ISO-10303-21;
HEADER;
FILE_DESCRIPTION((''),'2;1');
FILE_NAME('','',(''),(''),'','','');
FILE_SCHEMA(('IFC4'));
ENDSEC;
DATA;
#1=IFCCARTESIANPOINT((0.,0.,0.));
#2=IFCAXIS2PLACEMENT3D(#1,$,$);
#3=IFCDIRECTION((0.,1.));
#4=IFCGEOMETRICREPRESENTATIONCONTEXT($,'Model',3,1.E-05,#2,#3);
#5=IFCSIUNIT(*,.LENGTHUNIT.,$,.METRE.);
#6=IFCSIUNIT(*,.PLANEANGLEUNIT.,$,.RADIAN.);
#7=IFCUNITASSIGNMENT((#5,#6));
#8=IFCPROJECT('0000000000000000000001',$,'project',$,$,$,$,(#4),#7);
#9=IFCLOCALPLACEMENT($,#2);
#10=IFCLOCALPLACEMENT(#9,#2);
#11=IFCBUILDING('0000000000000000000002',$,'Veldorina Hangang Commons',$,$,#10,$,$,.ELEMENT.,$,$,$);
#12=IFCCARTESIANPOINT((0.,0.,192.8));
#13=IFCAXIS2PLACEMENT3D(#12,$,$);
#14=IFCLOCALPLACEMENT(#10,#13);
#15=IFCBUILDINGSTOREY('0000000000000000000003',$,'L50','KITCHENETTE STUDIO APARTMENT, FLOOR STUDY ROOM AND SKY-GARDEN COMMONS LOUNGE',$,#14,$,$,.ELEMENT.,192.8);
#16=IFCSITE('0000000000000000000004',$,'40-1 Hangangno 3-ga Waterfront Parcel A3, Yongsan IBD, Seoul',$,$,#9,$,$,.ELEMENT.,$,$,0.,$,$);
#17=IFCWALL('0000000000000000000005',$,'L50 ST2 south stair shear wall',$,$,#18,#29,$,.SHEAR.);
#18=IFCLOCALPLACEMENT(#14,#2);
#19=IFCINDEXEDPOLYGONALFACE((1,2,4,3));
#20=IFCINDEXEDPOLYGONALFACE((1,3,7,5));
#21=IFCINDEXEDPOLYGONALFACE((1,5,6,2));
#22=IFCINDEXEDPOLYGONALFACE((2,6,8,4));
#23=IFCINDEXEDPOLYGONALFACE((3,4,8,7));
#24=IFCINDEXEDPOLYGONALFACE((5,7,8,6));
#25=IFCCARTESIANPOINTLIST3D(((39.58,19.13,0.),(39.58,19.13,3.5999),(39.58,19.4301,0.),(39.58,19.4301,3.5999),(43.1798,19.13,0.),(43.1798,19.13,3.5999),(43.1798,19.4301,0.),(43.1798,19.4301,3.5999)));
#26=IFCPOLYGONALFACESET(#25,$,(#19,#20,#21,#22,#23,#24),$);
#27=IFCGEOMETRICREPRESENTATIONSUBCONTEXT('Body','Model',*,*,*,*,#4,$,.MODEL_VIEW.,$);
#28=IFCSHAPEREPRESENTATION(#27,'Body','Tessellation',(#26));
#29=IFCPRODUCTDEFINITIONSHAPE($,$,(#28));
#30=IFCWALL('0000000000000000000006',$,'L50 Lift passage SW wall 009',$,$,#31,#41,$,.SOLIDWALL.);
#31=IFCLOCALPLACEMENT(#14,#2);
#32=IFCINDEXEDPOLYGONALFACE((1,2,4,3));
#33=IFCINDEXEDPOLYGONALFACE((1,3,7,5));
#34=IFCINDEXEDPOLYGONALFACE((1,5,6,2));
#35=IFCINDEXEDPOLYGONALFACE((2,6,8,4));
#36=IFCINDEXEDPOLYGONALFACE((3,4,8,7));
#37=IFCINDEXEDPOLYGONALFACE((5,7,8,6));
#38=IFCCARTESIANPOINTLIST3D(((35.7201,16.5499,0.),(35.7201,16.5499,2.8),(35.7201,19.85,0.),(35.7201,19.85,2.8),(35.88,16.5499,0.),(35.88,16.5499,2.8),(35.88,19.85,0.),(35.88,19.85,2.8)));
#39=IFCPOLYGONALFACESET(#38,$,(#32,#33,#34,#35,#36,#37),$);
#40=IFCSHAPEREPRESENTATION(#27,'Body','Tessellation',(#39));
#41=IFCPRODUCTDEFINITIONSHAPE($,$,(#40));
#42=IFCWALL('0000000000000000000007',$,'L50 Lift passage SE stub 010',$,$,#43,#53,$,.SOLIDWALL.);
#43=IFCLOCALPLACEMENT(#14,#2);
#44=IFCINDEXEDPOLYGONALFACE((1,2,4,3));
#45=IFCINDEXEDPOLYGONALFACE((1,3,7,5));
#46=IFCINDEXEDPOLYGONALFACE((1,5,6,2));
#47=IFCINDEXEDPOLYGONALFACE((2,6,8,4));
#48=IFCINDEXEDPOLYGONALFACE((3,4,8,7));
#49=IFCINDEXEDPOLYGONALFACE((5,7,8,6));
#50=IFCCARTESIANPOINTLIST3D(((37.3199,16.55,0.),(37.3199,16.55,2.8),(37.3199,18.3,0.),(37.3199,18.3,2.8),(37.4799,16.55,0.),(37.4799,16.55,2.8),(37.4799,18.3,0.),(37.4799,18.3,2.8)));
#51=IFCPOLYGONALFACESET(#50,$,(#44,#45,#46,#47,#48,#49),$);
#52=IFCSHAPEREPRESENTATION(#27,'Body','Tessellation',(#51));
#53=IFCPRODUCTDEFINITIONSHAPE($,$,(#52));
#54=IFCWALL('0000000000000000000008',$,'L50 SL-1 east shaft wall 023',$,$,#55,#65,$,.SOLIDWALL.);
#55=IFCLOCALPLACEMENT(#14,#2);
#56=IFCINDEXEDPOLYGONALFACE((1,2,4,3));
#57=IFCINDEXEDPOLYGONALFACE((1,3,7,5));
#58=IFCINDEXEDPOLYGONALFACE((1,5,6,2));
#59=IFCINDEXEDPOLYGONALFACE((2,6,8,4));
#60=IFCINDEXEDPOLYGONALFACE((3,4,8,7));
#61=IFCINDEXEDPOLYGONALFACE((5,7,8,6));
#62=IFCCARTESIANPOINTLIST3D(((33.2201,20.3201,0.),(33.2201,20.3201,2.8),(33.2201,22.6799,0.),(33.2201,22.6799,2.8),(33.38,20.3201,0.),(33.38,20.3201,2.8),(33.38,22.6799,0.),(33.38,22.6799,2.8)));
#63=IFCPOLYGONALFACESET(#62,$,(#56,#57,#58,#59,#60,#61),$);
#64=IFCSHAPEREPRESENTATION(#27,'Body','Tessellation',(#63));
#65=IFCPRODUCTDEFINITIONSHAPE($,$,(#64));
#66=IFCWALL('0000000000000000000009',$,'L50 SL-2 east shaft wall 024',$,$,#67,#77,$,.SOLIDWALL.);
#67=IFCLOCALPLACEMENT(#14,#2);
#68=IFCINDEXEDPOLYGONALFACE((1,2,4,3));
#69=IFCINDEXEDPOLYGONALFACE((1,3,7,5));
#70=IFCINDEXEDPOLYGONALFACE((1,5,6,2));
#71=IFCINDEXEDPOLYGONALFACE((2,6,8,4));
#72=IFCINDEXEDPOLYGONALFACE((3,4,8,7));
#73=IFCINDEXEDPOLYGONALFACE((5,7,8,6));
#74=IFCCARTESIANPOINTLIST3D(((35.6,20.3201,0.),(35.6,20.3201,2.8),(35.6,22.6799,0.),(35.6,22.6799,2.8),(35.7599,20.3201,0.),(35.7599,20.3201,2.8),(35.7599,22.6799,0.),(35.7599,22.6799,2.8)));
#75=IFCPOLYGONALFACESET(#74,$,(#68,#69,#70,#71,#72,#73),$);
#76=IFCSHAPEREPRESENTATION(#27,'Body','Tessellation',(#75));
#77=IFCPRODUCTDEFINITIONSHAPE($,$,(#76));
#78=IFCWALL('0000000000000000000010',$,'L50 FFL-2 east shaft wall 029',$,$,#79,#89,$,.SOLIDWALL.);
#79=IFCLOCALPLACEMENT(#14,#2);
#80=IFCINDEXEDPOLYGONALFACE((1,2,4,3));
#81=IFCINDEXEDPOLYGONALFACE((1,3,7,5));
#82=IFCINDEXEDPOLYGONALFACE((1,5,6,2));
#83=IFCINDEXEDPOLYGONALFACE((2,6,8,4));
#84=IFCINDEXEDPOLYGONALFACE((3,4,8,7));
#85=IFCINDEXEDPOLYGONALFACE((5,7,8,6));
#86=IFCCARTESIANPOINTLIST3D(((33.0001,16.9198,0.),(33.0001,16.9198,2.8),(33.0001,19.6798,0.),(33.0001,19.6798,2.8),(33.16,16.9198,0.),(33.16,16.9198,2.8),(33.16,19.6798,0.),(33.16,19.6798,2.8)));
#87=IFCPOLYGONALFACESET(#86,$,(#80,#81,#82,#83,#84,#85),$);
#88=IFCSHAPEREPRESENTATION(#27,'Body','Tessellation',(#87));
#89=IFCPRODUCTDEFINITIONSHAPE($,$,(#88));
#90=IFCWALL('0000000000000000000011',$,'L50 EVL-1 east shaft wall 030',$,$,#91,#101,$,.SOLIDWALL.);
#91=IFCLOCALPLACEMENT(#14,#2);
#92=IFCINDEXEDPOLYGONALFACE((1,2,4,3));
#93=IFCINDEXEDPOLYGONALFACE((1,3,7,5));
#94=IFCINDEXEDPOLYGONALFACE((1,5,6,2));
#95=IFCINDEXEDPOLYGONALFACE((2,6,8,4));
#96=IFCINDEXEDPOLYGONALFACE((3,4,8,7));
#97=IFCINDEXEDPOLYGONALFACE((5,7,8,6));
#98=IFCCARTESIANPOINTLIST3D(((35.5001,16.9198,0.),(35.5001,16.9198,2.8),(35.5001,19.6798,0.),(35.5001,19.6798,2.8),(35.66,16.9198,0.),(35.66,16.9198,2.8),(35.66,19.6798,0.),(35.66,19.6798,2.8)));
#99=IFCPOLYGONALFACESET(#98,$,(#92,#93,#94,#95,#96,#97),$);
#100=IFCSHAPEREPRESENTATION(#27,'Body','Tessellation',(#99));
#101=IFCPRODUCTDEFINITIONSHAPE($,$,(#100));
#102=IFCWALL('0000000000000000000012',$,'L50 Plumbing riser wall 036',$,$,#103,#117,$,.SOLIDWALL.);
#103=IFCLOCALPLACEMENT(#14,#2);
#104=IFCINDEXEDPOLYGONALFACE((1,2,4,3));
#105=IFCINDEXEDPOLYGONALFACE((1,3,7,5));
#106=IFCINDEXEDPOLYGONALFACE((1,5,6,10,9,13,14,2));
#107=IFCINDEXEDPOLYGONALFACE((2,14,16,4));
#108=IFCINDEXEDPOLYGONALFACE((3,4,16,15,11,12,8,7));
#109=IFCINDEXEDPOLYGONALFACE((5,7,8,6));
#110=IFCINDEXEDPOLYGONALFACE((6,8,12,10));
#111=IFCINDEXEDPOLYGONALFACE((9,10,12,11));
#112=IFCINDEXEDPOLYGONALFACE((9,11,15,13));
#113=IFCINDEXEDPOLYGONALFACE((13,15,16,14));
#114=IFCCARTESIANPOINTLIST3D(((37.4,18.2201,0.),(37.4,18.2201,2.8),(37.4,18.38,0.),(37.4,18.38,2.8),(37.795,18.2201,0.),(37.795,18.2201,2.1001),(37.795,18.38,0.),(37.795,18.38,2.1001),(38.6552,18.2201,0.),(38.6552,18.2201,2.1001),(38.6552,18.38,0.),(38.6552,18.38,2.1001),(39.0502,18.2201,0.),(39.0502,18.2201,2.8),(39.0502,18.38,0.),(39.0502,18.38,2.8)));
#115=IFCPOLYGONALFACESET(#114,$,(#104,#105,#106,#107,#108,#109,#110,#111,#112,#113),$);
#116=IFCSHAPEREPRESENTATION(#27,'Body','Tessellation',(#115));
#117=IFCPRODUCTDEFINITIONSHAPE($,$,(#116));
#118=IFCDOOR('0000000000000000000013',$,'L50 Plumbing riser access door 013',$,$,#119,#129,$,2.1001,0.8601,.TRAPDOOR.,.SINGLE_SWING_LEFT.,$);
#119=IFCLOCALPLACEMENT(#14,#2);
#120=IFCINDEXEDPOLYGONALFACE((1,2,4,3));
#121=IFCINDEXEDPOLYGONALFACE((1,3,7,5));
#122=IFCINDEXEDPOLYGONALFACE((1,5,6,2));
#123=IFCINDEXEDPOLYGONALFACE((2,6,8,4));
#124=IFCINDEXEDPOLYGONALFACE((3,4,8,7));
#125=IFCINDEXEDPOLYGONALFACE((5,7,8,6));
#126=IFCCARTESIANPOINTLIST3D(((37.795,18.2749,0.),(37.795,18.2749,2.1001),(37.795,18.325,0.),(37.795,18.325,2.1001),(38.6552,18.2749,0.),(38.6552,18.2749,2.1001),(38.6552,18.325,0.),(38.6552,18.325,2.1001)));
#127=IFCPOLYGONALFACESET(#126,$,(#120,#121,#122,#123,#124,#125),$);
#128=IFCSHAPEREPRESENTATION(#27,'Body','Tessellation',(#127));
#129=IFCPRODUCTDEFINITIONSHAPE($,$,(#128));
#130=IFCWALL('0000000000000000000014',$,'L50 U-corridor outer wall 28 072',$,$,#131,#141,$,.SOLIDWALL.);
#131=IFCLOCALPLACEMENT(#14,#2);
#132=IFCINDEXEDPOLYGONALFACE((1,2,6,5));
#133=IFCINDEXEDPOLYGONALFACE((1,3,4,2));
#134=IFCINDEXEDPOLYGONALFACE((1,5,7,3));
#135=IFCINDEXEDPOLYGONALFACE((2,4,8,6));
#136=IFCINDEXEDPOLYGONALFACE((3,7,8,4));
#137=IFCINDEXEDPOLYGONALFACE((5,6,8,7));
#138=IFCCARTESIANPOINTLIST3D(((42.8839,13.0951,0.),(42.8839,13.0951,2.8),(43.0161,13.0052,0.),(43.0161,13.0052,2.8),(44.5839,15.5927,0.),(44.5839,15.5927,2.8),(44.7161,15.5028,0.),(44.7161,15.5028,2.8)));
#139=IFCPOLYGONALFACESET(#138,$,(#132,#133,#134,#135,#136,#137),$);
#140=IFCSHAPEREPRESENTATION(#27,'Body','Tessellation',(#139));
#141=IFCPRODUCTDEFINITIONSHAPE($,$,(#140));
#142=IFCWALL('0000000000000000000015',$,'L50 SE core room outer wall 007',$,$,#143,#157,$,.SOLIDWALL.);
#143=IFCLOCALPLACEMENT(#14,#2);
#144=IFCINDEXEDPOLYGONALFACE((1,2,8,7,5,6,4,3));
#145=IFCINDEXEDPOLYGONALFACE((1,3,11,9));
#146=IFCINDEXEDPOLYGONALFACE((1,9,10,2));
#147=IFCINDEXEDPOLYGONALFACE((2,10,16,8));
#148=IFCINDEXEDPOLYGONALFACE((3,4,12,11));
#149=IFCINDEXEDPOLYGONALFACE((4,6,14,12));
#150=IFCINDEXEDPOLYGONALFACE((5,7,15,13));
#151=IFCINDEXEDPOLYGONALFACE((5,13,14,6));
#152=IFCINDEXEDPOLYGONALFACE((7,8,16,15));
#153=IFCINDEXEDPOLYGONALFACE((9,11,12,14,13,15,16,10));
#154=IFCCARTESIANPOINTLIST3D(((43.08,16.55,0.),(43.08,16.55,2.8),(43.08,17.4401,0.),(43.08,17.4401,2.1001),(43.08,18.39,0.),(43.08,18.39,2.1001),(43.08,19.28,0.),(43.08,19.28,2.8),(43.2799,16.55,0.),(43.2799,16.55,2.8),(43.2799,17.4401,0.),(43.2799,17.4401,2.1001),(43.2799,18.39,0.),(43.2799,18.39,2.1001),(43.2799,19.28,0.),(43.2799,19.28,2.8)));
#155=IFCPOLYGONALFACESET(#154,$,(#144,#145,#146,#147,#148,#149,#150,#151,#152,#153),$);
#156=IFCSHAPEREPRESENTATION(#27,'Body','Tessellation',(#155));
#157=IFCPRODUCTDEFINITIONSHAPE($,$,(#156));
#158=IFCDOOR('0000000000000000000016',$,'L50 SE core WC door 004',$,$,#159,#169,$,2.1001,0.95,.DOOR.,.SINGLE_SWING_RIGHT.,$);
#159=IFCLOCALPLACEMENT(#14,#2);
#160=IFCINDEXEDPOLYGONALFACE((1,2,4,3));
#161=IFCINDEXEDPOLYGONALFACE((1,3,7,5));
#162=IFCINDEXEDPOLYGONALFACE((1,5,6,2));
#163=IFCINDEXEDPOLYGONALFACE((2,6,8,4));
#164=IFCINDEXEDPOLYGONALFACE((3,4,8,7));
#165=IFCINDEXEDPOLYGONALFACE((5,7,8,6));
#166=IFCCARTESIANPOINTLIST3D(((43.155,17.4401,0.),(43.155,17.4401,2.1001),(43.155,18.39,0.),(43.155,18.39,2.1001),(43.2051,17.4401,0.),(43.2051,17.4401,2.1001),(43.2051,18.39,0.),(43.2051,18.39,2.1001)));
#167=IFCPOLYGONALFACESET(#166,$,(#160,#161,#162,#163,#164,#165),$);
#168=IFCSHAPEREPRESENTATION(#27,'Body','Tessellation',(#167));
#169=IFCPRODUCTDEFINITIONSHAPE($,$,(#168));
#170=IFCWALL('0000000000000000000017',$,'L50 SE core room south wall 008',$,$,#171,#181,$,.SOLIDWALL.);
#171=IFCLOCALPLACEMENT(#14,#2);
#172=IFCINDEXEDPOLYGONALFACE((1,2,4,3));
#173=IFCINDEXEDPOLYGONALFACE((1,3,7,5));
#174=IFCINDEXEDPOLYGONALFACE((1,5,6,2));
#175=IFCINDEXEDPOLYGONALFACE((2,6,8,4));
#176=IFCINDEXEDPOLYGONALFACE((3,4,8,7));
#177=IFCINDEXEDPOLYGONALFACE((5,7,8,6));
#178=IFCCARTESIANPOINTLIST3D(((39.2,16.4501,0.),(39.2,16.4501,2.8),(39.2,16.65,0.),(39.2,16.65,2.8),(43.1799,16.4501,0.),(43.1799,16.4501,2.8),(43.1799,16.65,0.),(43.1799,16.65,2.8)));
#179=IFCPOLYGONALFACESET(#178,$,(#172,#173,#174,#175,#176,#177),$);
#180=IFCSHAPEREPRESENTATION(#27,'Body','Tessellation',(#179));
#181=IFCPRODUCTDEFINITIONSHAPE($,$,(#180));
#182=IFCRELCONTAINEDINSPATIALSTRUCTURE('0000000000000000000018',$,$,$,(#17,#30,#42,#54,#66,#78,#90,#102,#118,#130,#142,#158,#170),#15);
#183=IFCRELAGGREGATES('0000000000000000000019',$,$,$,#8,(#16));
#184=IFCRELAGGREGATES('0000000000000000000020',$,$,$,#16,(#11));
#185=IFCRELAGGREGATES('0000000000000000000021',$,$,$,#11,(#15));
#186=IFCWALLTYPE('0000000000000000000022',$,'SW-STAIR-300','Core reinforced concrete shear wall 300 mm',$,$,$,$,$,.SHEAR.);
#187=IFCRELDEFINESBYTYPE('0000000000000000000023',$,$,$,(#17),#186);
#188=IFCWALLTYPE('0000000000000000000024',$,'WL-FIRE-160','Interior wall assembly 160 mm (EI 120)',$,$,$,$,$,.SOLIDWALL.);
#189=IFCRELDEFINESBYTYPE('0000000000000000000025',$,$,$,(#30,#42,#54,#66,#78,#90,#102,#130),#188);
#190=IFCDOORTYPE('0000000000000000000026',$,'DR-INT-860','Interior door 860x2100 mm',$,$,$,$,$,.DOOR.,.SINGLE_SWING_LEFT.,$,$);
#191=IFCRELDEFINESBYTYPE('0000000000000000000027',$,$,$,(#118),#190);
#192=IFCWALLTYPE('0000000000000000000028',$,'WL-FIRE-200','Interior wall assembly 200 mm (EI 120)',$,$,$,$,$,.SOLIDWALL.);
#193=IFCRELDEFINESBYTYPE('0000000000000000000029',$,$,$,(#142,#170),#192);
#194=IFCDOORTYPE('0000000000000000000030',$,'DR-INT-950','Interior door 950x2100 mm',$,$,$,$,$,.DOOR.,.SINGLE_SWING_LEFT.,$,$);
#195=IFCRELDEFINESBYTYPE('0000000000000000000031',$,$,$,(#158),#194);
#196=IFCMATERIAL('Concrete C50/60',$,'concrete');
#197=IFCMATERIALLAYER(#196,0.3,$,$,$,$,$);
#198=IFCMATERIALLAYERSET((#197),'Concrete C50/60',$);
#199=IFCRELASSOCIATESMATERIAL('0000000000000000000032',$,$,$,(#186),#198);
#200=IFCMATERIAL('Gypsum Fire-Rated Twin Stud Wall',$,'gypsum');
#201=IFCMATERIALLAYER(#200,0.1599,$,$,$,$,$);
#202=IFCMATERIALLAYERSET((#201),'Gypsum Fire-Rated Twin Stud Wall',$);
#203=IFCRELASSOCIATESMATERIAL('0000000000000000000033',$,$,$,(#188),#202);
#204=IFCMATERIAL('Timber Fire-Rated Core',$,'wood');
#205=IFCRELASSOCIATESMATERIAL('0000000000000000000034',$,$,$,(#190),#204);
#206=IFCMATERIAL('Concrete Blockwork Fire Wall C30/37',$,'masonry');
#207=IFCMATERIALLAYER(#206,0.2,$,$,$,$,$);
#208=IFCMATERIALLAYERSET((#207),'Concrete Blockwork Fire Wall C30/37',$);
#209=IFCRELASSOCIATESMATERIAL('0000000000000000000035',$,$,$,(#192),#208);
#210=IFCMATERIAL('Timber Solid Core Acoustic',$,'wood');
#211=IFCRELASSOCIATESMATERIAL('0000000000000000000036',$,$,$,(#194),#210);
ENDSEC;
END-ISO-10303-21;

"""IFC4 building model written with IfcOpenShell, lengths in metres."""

from ifc_helpers import new_model, si_unit, direction, frame, frame_2d, origin, place, context, subcontext, project, spatial, rectangle, extrude, material, layer, layer_set, type_object, element, fill, save


model = new_model("IFC4")

# Units and contexts
model_context = context("Model", 3, precision=1e-05, world=origin(), true_north=direction((0.0, 1.0)))
body_context = subcontext(model_context, "Body", "Model", "MODEL_VIEW")
ifc_project = project(units=[si_unit("LENGTHUNIT", "METRE"), si_unit("PLANEANGLEUNIT", "RADIAN")], contexts=[model_context])

# Site, building, storey
site_placement = place(None, origin())
site = spatial("IfcSite", under=ifc_project, at=site_placement, Name="40-1 Hangangno 3-ga Waterfront Parcel A3, Yongsan IBD, Seoul", CompositionType="ELEMENT", RefElevation=0.0)
building_placement = place(site_placement, origin())
building = spatial("IfcBuilding", under=site, at=building_placement, Name="Veldorina Hangang Commons", CompositionType="ELEMENT")
storey_placement = place(building_placement, frame((0.0, 0.0, 192.8)))
storey = spatial("IfcBuildingStorey", under=building, at=storey_placement, Name="L50", Description="KITCHENETTE STUDIO APARTMENT, FLOOR STUDY ROOM AND SKY-GARDEN COMMONS LOUNGE", CompositionType="ELEMENT", Elevation=192.8)

# Walls
ifc_material_1 = material(Name="Concrete C50/60", Category="concrete")
ifc_layer_1 = layer(ifc_material_1, 0.3)
ifc_layer_set_1 = layer_set([ifc_layer_1], Name="Concrete C50/60")
wall_type_1 = type_object("IfcWallType", Name="SW-STAIR-300", Description="Core reinforced concrete shear wall 300 mm", PredefinedType="SHEAR", material=ifc_layer_set_1)
wall_1_placement = place(storey_placement, frame((39.5801, 19.28, 0.0), z_axis=(0.0, 0.0, 1.0), x_axis=(1.0, 0.0, 0.0)))
element("IfcWall", 1, at=wall_1_placement, inside=storey, type_object=wall_type_1, Name="L50 ST2 south stair shear wall", PredefinedType="SHEAR", context=body_context, shape_type="SweptSolid", body=[
    extrude(rectangle(XDim=3.5999, YDim=0.3, at=frame_2d((1.7998, 0.0))), origin(), (0.0, 0.0, 1.0), 3.5999),
])
ifc_material_2 = material(Name="Gypsum Fire-Rated Twin Stud Wall", Category="gypsum")
ifc_layer_2 = layer(ifc_material_2, 0.1599)
ifc_layer_set_2 = layer_set([ifc_layer_2], Name="Gypsum Fire-Rated Twin Stud Wall")
wall_type_2 = type_object("IfcWallType", Name="WL-FIRE-160", Description="Interior wall assembly 160 mm (EI 120)", PredefinedType="SOLIDWALL", material=ifc_layer_set_2)
wall_2_placement = place(storey_placement, frame((35.8, 16.55, 0.0), z_axis=(0.0, 0.0, 1.0), x_axis=(0.0, 1.0, 0.0)))
element("IfcWall", 2, at=wall_2_placement, inside=storey, type_object=wall_type_2, Name="L50 Lift passage SW wall 009", PredefinedType="SOLIDWALL", context=body_context, shape_type="SweptSolid", body=[
    extrude(rectangle(XDim=3.3, YDim=0.1599, at=frame_2d((1.6499, 0.0))), origin(), (0.0, 0.0, 1.0), 2.8),
])
wall_3_placement = place(storey_placement, frame((37.3999, 16.55, 0.0), z_axis=(0.0, 0.0, 1.0), x_axis=(0.0, 1.0, 0.0)))
element("IfcWall", 3, at=wall_3_placement, inside=storey, type_object=wall_type_2, Name="L50 Lift passage SE stub 010", PredefinedType="SOLIDWALL", context=body_context, shape_type="SweptSolid", body=[
    extrude(rectangle(XDim=1.75, YDim=0.1599, at=frame_2d((0.875, 0.0))), origin(), (0.0, 0.0, 1.0), 2.8),
])
for number, where, z_axis, x_axis, name in (
    (4, (33.3, 20.3201, 0.0), (0.0, 0.0, 1.0), (0.0, 1.0, 0.0), "L50 SL-1 east shaft wall 023"),
    (5, (35.6799, 20.3201, 0.0), (0.0, 0.0, 1.0), (0.0, 1.0, 0.0), "L50 SL-2 east shaft wall 024"),
):
    element("IfcWall", number, at=place(storey_placement, frame(where, z_axis=z_axis, x_axis=x_axis)), inside=storey, type_object=wall_type_2, Name=name, PredefinedType="SOLIDWALL", context=body_context, shape_type="SweptSolid", body=[
        extrude(rectangle(XDim=2.3599, YDim=0.1599, at=frame_2d((1.1799, 0.0))), origin(), (0.0, 0.0, 1.0), 2.8),
    ])
for number, where, z_axis, x_axis, name in (
    (6, (33.0801, 16.9199, 0.0), (0.0, 0.0, 1.0), (0.0, 1.0, 0.0), "L50 FFL-2 east shaft wall 029"),
    (7, (35.5801, 16.9199, 0.0), (0.0, 0.0, 1.0), (0.0, 1.0, 0.0), "L50 EVL-1 east shaft wall 030"),
):
    element("IfcWall", number, at=place(storey_placement, frame(where, z_axis=z_axis, x_axis=x_axis)), inside=storey, type_object=wall_type_2, Name=name, PredefinedType="SOLIDWALL", context=body_context, shape_type="SweptSolid", body=[
        extrude(rectangle(XDim=2.76, YDim=0.1599, at=frame_2d((1.3799, 0.0))), origin(), (0.0, 0.0, 1.0), 2.8),
    ])

# Wall, opening, door
wall_4_placement = place(storey_placement, frame((37.3999, 18.3, 0.0), z_axis=(0.0, 0.0, 1.0), x_axis=(1.0, 0.0, 0.0)))
wall_4 = element("IfcWall", 8, at=wall_4_placement, inside=storey, type_object=wall_type_2, Name="L50 Plumbing riser wall 036", PredefinedType="SOLIDWALL", context=body_context, shape_type="SweptSolid", body=[
    extrude(rectangle(XDim=1.6501, YDim=0.1599, at=frame_2d((0.8252, 0.0))), origin(), (0.0, 0.0, 1.0), 2.8),
])
opening_1_placement = place(wall_4_placement, frame((0.395, 0.0, 0.0)))
opening_1 = element("IfcOpeningElement", 9, at=opening_1_placement, cuts=wall_4, PredefinedType="OPENING", context=body_context, shape_type="SweptSolid", body=[
    extrude(rectangle(XDim=0.8601, YDim=2.1001, at=frame_2d((0.4302, 1.05))), frame((0.0, 0.0898, 0.0), z_axis=(0.0, -1.0, 0.0), x_axis=(1.0, 0.0, 0.0)), (0.0, 0.0, 1.0), 0.1799),
])
ifc_material_3 = material(Name="Timber Fire-Rated Core", Category="wood")
door_type_1 = type_object("IfcDoorType", Name="DR-INT-860", Description="Interior door 860x2100 mm", OperationType="SINGLE_SWING_LEFT", PredefinedType="DOOR", material=ifc_material_3)
door_1_placement = place(opening_1_placement, origin())
door_1 = element("IfcDoor", 10, at=door_1_placement, inside=storey, type_object=door_type_1, Name="L50 Plumbing riser access door 013", OperationType="SINGLE_SWING_LEFT", OverallHeight=2.1001, OverallWidth=0.8601, PredefinedType="TRAPDOOR", context=body_context, shape_type="SweptSolid", body=[
    extrude(rectangle(XDim=0.8601, YDim=2.1001, at=frame_2d((0.4302, 1.05))), frame((0.0, 0.0249, 0.0), z_axis=(0.0, -1.0, 0.0), x_axis=(1.0, 0.0, 0.0)), (0.0, 0.0, 1.0), 0.05),
])
fill(opening_1, door_1)

# Wall
wall_5_placement = place(storey_placement, frame((42.95, 13.05, 0.0), z_axis=(0.0, 0.0, 1.0), x_axis=(0.562675, 0.826678, 0.0)))
element("IfcWall", 11, at=wall_5_placement, inside=storey, type_object=wall_type_2, Name="L50 U-corridor outer wall 28 072", PredefinedType="SOLIDWALL", context=body_context, shape_type="SweptSolid", body=[
    extrude(rectangle(XDim=3.0212, YDim=0.1599, at=frame_2d((1.5107, 0.0))), origin(), (0.0, 0.0, 1.0), 2.8),
])

# Wall, opening, door
ifc_material_4 = material(Name="Concrete Blockwork Fire Wall C30/37", Category="masonry")
ifc_layer_3 = layer(ifc_material_4, 0.2)
ifc_layer_set_3 = layer_set([ifc_layer_3], Name="Concrete Blockwork Fire Wall C30/37")
wall_type_3 = type_object("IfcWallType", Name="WL-FIRE-200", Description="Interior wall assembly 200 mm (EI 120)", PredefinedType="SOLIDWALL", material=ifc_layer_set_3)
wall_6_placement = place(storey_placement, frame((43.1799, 16.55, 0.0), z_axis=(0.0, 0.0, 1.0), x_axis=(0.0, 1.0, 0.0)))
wall_6 = element("IfcWall", 12, at=wall_6_placement, inside=storey, type_object=wall_type_3, Name="L50 SE core room outer wall 007", PredefinedType="SOLIDWALL", context=body_context, shape_type="SweptSolid", body=[
    extrude(rectangle(XDim=2.73, YDim=0.2, at=frame_2d((1.365, 0.0))), origin(), (0.0, 0.0, 1.0), 2.8),
])
opening_2_placement = place(wall_6_placement, frame((0.8899, 0.0, 0.0)))
opening_2 = element("IfcOpeningElement", 13, at=opening_2_placement, cuts=wall_6, PredefinedType="OPENING", context=body_context, shape_type="SweptSolid", body=[
    extrude(rectangle(XDim=0.95, YDim=2.1001, at=frame_2d((0.4751, 1.05))), frame((0.0, 0.1099, 0.0), z_axis=(0.0, -1.0, 0.0), x_axis=(1.0, 0.0, 0.0)), (0.0, 0.0, 1.0), 0.22),
])
ifc_material_5 = material(Name="Timber Solid Core Acoustic", Category="wood")
door_type_2 = type_object("IfcDoorType", Name="DR-INT-950", Description="Interior door 950x2100 mm", OperationType="SINGLE_SWING_LEFT", PredefinedType="DOOR", material=ifc_material_5)
door_2_placement = place(opening_2_placement, origin())
door_2 = element("IfcDoor", 14, at=door_2_placement, inside=storey, type_object=door_type_2, Name="L50 SE core WC door 004", OperationType="SINGLE_SWING_RIGHT", OverallHeight=2.1001, OverallWidth=0.95, PredefinedType="DOOR", context=body_context, shape_type="SweptSolid", body=[
    extrude(rectangle(XDim=0.95, YDim=2.1001, at=frame_2d((0.4751, 1.05))), frame((0.0, 0.0249, 0.0), z_axis=(0.0, -1.0, 0.0), x_axis=(1.0, 0.0, 0.0)), (0.0, 0.0, 1.0), 0.05),
])
fill(opening_2, door_2)

# Wall
wall_7_placement = place(storey_placement, frame((39.2, 16.55, 0.0), z_axis=(0.0, 0.0, 1.0), x_axis=(1.0, 0.0, 0.0)))
element("IfcWall", 15, at=wall_7_placement, inside=storey, type_object=wall_type_3, Name="L50 SE core room south wall 008", PredefinedType="SOLIDWALL", context=body_context, shape_type="SweptSolid", body=[
    extrude(rectangle(XDim=3.98, YDim=0.2, at=frame_2d((1.99, 0.0))), origin(), (0.0, 0.0, 1.0), 2.8),
])

save(model, "model.ifc")
